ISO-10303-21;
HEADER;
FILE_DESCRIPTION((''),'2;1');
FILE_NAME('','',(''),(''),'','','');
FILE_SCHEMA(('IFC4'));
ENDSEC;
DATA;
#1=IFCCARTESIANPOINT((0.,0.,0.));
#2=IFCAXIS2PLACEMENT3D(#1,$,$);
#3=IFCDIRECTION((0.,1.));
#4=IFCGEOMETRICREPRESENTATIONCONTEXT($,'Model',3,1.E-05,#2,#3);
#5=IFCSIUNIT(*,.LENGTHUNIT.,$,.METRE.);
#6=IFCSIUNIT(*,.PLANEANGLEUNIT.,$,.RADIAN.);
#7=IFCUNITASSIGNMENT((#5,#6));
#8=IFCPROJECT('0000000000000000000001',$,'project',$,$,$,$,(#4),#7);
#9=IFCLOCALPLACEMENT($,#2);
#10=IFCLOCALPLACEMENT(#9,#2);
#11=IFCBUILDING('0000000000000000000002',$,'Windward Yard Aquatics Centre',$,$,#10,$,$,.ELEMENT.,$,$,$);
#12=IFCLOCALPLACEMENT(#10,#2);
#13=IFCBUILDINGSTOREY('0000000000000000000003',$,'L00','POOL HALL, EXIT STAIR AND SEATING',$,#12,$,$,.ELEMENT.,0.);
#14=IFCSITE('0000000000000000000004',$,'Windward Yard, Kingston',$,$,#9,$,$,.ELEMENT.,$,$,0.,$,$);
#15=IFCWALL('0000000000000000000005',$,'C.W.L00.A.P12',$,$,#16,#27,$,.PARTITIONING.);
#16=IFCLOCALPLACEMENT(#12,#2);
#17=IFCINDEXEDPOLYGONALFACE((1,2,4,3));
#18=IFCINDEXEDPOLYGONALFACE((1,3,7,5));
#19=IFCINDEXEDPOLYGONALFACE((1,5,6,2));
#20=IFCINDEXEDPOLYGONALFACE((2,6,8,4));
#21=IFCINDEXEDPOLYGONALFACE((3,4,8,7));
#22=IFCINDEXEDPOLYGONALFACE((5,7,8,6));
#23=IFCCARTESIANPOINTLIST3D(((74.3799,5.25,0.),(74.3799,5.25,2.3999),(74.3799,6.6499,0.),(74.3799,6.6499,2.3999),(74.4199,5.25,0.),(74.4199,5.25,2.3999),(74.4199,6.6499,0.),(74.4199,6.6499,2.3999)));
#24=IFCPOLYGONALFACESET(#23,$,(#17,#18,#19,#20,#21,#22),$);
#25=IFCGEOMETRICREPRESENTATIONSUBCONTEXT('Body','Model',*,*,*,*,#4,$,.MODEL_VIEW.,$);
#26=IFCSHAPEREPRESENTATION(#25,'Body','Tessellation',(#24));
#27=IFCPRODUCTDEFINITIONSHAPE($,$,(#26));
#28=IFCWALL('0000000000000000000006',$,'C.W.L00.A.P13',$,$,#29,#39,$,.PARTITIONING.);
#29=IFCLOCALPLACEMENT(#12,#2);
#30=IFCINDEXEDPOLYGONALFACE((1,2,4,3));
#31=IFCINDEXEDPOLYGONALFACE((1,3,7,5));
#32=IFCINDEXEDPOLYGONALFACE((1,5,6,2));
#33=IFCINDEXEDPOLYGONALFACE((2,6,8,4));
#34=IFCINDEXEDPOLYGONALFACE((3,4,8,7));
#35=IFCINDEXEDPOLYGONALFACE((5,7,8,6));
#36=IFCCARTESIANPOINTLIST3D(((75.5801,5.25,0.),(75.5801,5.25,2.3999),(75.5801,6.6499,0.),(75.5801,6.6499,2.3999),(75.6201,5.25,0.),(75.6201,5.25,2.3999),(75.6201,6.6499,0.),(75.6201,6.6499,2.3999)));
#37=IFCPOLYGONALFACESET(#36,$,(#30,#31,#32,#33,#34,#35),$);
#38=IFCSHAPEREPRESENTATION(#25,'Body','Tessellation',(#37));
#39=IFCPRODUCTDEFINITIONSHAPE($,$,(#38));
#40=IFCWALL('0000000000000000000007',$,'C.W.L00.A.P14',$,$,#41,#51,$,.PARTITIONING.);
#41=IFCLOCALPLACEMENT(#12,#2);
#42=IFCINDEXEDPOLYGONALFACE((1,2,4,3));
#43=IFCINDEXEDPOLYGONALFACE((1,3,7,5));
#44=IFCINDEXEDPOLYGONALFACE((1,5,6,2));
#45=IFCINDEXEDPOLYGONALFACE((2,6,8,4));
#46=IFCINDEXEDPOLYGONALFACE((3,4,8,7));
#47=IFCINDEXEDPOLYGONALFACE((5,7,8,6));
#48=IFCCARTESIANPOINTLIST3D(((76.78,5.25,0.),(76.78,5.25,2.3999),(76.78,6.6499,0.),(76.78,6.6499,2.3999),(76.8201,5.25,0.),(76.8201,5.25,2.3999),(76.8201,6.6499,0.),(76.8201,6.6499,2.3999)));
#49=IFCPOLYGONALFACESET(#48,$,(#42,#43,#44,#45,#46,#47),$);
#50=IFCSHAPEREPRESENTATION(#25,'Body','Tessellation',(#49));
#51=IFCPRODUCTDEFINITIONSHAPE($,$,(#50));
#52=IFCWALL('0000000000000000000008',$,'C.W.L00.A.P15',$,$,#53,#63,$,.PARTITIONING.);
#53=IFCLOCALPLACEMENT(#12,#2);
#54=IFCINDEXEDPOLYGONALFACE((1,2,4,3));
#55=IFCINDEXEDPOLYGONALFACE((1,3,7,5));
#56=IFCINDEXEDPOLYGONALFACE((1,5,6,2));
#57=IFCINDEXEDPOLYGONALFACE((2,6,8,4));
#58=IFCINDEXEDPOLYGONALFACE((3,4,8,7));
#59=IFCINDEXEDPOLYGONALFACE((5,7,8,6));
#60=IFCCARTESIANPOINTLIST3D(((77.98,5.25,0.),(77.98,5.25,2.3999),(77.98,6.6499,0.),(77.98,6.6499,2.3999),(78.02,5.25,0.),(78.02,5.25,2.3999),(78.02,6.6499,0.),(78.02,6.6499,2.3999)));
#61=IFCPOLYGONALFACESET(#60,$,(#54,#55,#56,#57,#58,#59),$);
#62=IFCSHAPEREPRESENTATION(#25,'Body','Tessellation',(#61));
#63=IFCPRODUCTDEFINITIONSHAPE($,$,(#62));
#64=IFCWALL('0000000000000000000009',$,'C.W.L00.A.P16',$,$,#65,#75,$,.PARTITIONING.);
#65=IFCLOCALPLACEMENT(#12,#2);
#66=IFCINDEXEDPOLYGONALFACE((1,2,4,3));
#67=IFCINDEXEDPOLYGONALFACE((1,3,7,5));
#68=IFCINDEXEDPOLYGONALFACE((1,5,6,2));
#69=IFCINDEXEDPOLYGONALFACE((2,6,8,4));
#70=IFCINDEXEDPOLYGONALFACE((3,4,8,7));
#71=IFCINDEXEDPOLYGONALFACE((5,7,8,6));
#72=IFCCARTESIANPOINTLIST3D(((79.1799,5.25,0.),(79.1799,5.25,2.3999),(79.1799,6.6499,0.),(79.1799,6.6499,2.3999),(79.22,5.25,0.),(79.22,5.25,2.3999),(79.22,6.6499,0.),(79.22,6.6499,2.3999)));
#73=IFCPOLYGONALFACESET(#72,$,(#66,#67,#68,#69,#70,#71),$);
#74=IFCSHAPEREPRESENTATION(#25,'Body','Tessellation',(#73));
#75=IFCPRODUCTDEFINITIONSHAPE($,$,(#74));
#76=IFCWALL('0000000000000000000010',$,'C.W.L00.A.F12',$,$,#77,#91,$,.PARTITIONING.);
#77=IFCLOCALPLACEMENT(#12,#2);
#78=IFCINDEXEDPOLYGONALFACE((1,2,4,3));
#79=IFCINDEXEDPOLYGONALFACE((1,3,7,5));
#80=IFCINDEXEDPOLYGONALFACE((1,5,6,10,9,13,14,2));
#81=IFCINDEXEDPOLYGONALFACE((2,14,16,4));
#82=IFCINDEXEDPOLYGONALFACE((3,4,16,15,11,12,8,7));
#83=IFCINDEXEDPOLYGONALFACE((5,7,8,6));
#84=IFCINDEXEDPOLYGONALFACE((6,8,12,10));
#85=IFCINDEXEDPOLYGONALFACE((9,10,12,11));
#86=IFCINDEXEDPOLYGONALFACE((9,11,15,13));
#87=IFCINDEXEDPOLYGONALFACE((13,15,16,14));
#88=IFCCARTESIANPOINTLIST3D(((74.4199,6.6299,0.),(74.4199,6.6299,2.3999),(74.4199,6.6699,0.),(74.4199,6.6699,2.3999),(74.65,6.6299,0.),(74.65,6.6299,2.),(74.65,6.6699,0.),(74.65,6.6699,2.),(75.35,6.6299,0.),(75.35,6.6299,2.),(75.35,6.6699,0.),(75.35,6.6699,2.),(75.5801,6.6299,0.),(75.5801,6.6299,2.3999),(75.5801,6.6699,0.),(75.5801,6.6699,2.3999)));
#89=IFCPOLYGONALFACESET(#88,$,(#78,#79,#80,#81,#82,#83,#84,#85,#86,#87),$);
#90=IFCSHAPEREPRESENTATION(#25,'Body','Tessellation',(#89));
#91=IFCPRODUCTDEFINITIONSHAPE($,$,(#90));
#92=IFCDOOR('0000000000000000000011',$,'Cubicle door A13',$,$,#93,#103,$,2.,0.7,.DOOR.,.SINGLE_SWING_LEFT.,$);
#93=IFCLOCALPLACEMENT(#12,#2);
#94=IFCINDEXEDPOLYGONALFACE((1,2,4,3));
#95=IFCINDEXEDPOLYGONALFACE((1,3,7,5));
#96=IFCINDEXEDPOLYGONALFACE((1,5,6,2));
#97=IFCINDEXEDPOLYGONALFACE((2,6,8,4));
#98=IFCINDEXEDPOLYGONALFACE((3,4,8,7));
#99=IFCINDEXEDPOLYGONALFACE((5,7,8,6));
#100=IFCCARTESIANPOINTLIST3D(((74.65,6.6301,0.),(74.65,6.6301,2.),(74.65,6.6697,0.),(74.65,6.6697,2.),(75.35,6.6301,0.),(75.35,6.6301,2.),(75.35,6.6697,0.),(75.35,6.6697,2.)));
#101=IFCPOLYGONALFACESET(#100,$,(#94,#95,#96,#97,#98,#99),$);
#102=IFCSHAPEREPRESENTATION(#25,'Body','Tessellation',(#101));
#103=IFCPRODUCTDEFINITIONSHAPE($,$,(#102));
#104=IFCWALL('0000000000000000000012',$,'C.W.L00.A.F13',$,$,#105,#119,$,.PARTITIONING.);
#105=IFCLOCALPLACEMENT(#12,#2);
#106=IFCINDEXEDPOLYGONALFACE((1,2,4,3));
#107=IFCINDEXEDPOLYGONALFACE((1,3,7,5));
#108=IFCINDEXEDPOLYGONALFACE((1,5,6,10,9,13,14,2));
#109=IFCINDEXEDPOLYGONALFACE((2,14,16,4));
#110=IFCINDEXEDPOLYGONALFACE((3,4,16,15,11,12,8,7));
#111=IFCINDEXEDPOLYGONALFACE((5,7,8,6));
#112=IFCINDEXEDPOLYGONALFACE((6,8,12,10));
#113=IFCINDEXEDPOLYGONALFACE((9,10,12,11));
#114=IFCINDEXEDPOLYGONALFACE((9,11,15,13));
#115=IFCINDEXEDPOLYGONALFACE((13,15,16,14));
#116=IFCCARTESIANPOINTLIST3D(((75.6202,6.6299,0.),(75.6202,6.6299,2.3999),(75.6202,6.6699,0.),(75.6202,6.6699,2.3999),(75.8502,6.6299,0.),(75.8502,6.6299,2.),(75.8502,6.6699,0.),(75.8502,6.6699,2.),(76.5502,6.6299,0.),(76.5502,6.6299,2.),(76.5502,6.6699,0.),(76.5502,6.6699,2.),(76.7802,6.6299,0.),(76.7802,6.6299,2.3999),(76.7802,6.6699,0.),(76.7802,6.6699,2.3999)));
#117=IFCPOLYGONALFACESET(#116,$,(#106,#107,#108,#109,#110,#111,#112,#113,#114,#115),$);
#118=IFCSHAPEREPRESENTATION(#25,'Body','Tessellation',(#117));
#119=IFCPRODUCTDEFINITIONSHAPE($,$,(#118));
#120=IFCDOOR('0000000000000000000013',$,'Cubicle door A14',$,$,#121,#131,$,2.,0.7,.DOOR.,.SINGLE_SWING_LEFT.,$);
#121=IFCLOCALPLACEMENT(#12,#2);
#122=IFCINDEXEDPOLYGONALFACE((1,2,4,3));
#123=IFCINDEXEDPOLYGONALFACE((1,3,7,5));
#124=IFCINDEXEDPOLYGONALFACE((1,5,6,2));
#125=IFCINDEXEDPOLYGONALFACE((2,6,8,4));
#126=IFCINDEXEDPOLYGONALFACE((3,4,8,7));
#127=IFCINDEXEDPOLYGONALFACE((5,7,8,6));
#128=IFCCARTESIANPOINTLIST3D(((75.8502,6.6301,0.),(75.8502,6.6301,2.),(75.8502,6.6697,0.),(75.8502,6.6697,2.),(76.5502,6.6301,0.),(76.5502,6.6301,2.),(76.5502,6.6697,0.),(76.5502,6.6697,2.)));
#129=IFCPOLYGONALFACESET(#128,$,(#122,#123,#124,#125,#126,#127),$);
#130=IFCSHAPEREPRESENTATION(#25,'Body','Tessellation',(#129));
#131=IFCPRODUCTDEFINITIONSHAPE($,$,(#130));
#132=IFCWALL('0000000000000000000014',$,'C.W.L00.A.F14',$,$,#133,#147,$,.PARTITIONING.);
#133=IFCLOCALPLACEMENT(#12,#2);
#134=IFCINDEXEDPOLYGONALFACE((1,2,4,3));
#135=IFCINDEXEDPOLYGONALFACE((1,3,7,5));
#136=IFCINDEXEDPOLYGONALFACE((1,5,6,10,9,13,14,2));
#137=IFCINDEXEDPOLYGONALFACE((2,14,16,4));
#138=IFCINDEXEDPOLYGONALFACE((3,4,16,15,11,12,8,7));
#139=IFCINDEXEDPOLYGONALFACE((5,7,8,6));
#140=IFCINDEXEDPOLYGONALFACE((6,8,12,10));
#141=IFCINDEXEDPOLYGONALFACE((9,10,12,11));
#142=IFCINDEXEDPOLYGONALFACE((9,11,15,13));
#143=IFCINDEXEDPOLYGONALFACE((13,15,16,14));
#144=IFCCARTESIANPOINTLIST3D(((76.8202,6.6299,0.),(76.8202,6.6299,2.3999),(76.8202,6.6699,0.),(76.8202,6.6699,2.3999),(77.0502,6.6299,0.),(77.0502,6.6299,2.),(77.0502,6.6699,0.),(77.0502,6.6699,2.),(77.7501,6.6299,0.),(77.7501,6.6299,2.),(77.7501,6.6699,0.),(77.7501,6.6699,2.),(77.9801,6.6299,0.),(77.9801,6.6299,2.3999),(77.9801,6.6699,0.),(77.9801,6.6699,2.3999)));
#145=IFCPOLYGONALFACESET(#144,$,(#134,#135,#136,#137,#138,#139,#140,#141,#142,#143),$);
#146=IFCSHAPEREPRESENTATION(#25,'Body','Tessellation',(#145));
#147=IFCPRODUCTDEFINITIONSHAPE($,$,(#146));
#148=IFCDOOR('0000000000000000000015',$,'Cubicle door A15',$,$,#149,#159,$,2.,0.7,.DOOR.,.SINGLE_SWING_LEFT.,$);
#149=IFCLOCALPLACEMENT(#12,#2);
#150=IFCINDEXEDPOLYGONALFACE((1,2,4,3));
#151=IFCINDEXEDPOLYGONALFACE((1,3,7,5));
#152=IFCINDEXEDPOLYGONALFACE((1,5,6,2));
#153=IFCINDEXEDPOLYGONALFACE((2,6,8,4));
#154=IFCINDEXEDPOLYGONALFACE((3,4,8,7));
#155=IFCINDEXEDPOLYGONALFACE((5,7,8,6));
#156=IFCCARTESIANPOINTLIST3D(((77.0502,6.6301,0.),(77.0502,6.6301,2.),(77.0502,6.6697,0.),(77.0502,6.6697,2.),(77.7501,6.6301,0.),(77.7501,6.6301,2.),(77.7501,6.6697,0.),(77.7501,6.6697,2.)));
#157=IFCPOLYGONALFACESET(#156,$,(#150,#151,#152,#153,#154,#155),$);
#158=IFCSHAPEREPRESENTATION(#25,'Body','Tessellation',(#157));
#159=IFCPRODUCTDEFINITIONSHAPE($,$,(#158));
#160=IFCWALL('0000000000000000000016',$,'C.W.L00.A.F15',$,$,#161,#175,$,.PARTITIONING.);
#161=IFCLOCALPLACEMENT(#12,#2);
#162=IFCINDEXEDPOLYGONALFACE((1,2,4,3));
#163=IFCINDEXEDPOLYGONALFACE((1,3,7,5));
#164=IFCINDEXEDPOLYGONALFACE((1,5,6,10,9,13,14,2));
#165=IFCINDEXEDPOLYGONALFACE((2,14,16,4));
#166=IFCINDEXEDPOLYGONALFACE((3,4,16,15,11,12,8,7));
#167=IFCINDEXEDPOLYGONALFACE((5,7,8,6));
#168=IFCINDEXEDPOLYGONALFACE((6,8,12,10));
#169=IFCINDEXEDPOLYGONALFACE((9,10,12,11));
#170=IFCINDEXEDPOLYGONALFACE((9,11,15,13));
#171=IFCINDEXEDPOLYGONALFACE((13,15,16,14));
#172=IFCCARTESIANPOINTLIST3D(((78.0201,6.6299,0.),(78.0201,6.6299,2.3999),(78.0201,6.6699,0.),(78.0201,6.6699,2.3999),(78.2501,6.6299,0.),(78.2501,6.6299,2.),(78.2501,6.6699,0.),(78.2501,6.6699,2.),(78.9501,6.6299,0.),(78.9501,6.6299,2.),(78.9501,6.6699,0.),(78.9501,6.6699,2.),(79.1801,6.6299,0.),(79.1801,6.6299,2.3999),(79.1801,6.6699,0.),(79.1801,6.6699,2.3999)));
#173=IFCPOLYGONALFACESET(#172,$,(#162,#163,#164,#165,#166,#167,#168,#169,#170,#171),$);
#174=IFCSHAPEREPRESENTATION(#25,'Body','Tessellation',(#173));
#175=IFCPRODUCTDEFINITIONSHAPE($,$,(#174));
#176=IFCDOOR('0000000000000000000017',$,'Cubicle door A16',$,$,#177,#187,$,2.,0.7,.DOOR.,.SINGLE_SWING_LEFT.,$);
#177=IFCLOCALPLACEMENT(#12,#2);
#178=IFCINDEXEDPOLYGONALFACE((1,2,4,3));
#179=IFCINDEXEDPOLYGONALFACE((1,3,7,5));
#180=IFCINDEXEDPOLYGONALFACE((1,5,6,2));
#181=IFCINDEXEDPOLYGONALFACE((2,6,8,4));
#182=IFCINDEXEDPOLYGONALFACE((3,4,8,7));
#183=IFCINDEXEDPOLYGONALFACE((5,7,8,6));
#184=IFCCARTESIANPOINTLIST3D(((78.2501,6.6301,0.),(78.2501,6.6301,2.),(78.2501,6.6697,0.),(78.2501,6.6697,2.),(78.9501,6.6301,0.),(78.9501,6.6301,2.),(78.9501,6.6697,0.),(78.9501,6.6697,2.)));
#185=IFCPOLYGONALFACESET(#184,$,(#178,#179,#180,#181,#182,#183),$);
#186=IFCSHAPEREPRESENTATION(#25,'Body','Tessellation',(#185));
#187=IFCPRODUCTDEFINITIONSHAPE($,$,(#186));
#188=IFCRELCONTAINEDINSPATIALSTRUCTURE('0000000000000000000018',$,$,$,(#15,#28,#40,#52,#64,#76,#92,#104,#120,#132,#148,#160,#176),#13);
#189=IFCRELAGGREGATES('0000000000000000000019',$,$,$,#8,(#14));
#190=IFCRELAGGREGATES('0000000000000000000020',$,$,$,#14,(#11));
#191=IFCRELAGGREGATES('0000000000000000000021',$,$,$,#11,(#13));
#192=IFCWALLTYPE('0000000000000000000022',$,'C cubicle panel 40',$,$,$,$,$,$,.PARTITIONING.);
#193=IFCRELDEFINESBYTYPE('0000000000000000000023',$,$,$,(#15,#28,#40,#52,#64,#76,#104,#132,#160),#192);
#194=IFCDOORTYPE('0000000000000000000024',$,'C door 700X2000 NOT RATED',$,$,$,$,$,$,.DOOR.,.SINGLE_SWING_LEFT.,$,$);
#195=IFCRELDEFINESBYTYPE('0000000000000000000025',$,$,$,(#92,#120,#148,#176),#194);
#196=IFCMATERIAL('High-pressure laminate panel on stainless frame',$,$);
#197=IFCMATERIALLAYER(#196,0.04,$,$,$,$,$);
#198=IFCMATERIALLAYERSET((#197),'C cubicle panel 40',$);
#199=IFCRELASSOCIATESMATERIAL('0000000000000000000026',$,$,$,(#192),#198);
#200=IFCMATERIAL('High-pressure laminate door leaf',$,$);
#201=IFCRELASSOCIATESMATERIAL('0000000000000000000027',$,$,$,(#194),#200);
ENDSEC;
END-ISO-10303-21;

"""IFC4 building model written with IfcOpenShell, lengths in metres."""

from ifc_helpers import new_model, si_unit, direction, frame, frame_2d, origin, place, context, subcontext, project, spatial, rectangle, extrude, material, layer, layer_set, type_object, element, fill, save


model = new_model("IFC4")

# Units and contexts
model_context = context("Model", 3, precision=1e-05, world=origin(), true_north=direction((0.0, 1.0)))
body_context = subcontext(model_context, "Body", "Model", "MODEL_VIEW")
ifc_project = project(units=[si_unit("LENGTHUNIT", "METRE"), si_unit("PLANEANGLEUNIT", "RADIAN")], contexts=[model_context])

# Site, building, storey
site_placement = place(None, origin())
site = spatial("IfcSite", under=ifc_project, at=site_placement, Name="Windward Yard, Kingston", CompositionType="ELEMENT", RefElevation=0.0)
building_placement = place(site_placement, origin())
building = spatial("IfcBuilding", under=site, at=building_placement, Name="Windward Yard Aquatics Centre", CompositionType="ELEMENT")
storey_placement = place(building_placement, origin())
storey = spatial("IfcBuildingStorey", under=building, at=storey_placement, Name="L00", Description="POOL HALL, EXIT STAIR AND SEATING", CompositionType="ELEMENT", Elevation=0.0)

# Walls
ifc_material_1 = material(Name="High-pressure laminate panel on stainless frame")
ifc_layer = layer(ifc_material_1, 0.04)
ifc_layer_set = layer_set([ifc_layer], Name="C cubicle panel 40")
wall_type = type_object("IfcWallType", Name="C cubicle panel 40", PredefinedType="PARTITIONING", material=ifc_layer_set)
for number, where, z_axis, x_axis, name in (
    (1, (74.3999, 5.25, 0.0), (0.0, 0.0, 1.0), (0.0, 1.0, 0.0), "C.W.L00.A.P12"),
    (2, (75.6001, 5.25, 0.0), (0.0, 0.0, 1.0), (0.0, 1.0, 0.0), "C.W.L00.A.P13"),
    (3, (76.8, 5.25, 0.0), (0.0, 0.0, 1.0), (0.0, 1.0, 0.0), "C.W.L00.A.P14"),
    (4, (78.0, 5.25, 0.0), (0.0, 0.0, 1.0), (0.0, 1.0, 0.0), "C.W.L00.A.P15"),
    (5, (79.2, 5.25, 0.0), (0.0, 0.0, 1.0), (0.0, 1.0, 0.0), "C.W.L00.A.P16"),
):
    element("IfcWall", number, at=place(storey_placement, frame(where, z_axis=z_axis, x_axis=x_axis)), inside=storey, type_object=wall_type, Name=name, PredefinedType="PARTITIONING", context=body_context, shape_type="SweptSolid", body=[
        extrude(rectangle(XDim=1.3999, YDim=0.04, at=frame_2d((0.7, 0.0))), origin(), (0.0, 0.0, 1.0), 2.3999),
    ])

# Walls, openings, doors
wall_1_placement = place(storey_placement, frame((74.4199, 6.6499, 0.0), z_axis=(0.0, 0.0, 1.0), x_axis=(1.0, 0.0, 0.0)))
wall_1 = element("IfcWall", 6, at=wall_1_placement, inside=storey, type_object=wall_type, Name="C.W.L00.A.F12", PredefinedType="PARTITIONING", context=body_context, shape_type="SweptSolid", body=[
    extrude(rectangle(XDim=1.1602, YDim=0.04, at=frame_2d((0.5801, 0.0))), origin(), (0.0, 0.0, 1.0), 2.3999),
])
opening_1_placement = place(wall_1_placement, frame((0.23, 0.0, 0.0)))
opening_1 = element("IfcOpeningElement", 7, at=opening_1_placement, cuts=wall_1, PredefinedType="OPENING", context=body_context, shape_type="SweptSolid", body=[
    extrude(rectangle(XDim=0.7, YDim=2.0, at=frame_2d((0.3501, 1.0))), frame((0.0, 0.03, 0.0), z_axis=(0.0, -1.0, 0.0), x_axis=(1.0, 0.0, 0.0)), (0.0, 0.0, 1.0), 0.0601),
])
ifc_material_2 = material(Name="High-pressure laminate door leaf")
door_type = type_object("IfcDoorType", Name="C door 700X2000 NOT RATED", OperationType="SINGLE_SWING_LEFT", PredefinedType="DOOR", material=ifc_material_2)
door_1_placement = place(opening_1_placement, origin())
door_1 = element("IfcDoor", 8, at=door_1_placement, inside=storey, type_object=door_type, Name="Cubicle door A13", OperationType="SINGLE_SWING_LEFT", OverallHeight=2.0, OverallWidth=0.7, PredefinedType="DOOR", context=body_context, shape_type="SweptSolid", body=[
    extrude(rectangle(XDim=0.7, YDim=2.0, at=frame_2d((0.3501, 1.0))), frame((0.0, 0.0198, 0.0), z_axis=(0.0, -1.0, 0.0), x_axis=(1.0, 0.0, 0.0)), (0.0, 0.0, 1.0), 0.0396),
])
fill(opening_1, door_1)
wall_2_placement = place(storey_placement, frame((75.6201, 6.6499, 0.0), z_axis=(0.0, 0.0, 1.0), x_axis=(1.0, 0.0, 0.0)))
wall_2 = element("IfcWall", 9, at=wall_2_placement, inside=storey, type_object=wall_type, Name="C.W.L00.A.F13", PredefinedType="PARTITIONING", context=body_context, shape_type="SweptSolid", body=[
    extrude(rectangle(XDim=1.1599, YDim=0.04, at=frame_2d((0.5801, 0.0))), origin(), (0.0, 0.0, 1.0), 2.3999),
])
opening_2_placement = place(wall_2_placement, frame((0.23, 0.0, 0.0)))
opening_2 = element("IfcOpeningElement", 10, at=opening_2_placement, cuts=wall_2, PredefinedType="OPENING", context=body_context, shape_type="SweptSolid", body=[
    extrude(rectangle(XDim=0.7, YDim=2.0, at=frame_2d((0.3501, 1.0))), frame((0.0, 0.03, 0.0), z_axis=(0.0, -1.0, 0.0), x_axis=(1.0, 0.0, 0.0)), (0.0, 0.0, 1.0), 0.0601),
])
door_2_placement = place(opening_2_placement, origin())
door_2 = element("IfcDoor", 11, at=door_2_placement, inside=storey, type_object=door_type, Name="Cubicle door A14", OperationType="SINGLE_SWING_LEFT", OverallHeight=2.0, OverallWidth=0.7, PredefinedType="DOOR", context=body_context, shape_type="SweptSolid", body=[
    extrude(rectangle(XDim=0.7, YDim=2.0, at=frame_2d((0.3501, 1.0))), frame((0.0, 0.0198, 0.0), z_axis=(0.0, -1.0, 0.0), x_axis=(1.0, 0.0, 0.0)), (0.0, 0.0, 1.0), 0.0396),
])
fill(opening_2, door_2)
wall_3_placement = place(storey_placement, frame((76.8201, 6.6499, 0.0), z_axis=(0.0, 0.0, 1.0), x_axis=(1.0, 0.0, 0.0)))
wall_3 = element("IfcWall", 12, at=wall_3_placement, inside=storey, type_object=wall_type, Name="C.W.L00.A.F14", PredefinedType="PARTITIONING", context=body_context, shape_type="SweptSolid", body=[
    extrude(rectangle(XDim=1.1599, YDim=0.04, at=frame_2d((0.5801, 0.0))), origin(), (0.0, 0.0, 1.0), 2.3999),
])
opening_3_placement = place(wall_3_placement, frame((0.23, 0.0, 0.0)))
opening_3 = element("IfcOpeningElement", 13, at=opening_3_placement, cuts=wall_3, PredefinedType="OPENING", context=body_context, shape_type="SweptSolid", body=[
    extrude(rectangle(XDim=0.7, YDim=2.0, at=frame_2d((0.3501, 1.0))), frame((0.0, 0.03, 0.0), z_axis=(0.0, -1.0, 0.0), x_axis=(1.0, 0.0, 0.0)), (0.0, 0.0, 1.0), 0.0601),
])
door_3_placement = place(opening_3_placement, origin())
door_3 = element("IfcDoor", 14, at=door_3_placement, inside=storey, type_object=door_type, Name="Cubicle door A15", OperationType="SINGLE_SWING_LEFT", OverallHeight=2.0, OverallWidth=0.7, PredefinedType="DOOR", context=body_context, shape_type="SweptSolid", body=[
    extrude(rectangle(XDim=0.7, YDim=2.0, at=frame_2d((0.3501, 1.0))), frame((0.0, 0.0198, 0.0), z_axis=(0.0, -1.0, 0.0), x_axis=(1.0, 0.0, 0.0)), (0.0, 0.0, 1.0), 0.0396),
])
fill(opening_3, door_3)
wall_4_placement = place(storey_placement, frame((78.02, 6.6499, 0.0), z_axis=(0.0, 0.0, 1.0), x_axis=(1.0, 0.0, 0.0)))
wall_4 = element("IfcWall", 15, at=wall_4_placement, inside=storey, type_object=wall_type, Name="C.W.L00.A.F15", PredefinedType="PARTITIONING", context=body_context, shape_type="SweptSolid", body=[
    extrude(rectangle(XDim=1.1599, YDim=0.04, at=frame_2d((0.5801, 0.0))), origin(), (0.0, 0.0, 1.0), 2.3999),
])
opening_4_placement = place(wall_4_placement, frame((0.23, 0.0, 0.0)))
opening_4 = element("IfcOpeningElement", 16, at=opening_4_placement, cuts=wall_4, PredefinedType="OPENING", context=body_context, shape_type="SweptSolid", body=[
    extrude(rectangle(XDim=0.7, YDim=2.0, at=frame_2d((0.3501, 1.0))), frame((0.0, 0.03, 0.0), z_axis=(0.0, -1.0, 0.0), x_axis=(1.0, 0.0, 0.0)), (0.0, 0.0, 1.0), 0.0601),
])
door_4_placement = place(opening_4_placement, origin())
door_4 = element("IfcDoor", 17, at=door_4_placement, inside=storey, type_object=door_type, Name="Cubicle door A16", OperationType="SINGLE_SWING_LEFT", OverallHeight=2.0, OverallWidth=0.7, PredefinedType="DOOR", context=body_context, shape_type="SweptSolid", body=[
    extrude(rectangle(XDim=0.7, YDim=2.0, at=frame_2d((0.3501, 1.0))), frame((0.0, 0.0198, 0.0), z_axis=(0.0, -1.0, 0.0), x_axis=(1.0, 0.0, 0.0)), (0.0, 0.0, 1.0), 0.0396),
])
fill(opening_4, door_4)

save(model, "model.ifc")
